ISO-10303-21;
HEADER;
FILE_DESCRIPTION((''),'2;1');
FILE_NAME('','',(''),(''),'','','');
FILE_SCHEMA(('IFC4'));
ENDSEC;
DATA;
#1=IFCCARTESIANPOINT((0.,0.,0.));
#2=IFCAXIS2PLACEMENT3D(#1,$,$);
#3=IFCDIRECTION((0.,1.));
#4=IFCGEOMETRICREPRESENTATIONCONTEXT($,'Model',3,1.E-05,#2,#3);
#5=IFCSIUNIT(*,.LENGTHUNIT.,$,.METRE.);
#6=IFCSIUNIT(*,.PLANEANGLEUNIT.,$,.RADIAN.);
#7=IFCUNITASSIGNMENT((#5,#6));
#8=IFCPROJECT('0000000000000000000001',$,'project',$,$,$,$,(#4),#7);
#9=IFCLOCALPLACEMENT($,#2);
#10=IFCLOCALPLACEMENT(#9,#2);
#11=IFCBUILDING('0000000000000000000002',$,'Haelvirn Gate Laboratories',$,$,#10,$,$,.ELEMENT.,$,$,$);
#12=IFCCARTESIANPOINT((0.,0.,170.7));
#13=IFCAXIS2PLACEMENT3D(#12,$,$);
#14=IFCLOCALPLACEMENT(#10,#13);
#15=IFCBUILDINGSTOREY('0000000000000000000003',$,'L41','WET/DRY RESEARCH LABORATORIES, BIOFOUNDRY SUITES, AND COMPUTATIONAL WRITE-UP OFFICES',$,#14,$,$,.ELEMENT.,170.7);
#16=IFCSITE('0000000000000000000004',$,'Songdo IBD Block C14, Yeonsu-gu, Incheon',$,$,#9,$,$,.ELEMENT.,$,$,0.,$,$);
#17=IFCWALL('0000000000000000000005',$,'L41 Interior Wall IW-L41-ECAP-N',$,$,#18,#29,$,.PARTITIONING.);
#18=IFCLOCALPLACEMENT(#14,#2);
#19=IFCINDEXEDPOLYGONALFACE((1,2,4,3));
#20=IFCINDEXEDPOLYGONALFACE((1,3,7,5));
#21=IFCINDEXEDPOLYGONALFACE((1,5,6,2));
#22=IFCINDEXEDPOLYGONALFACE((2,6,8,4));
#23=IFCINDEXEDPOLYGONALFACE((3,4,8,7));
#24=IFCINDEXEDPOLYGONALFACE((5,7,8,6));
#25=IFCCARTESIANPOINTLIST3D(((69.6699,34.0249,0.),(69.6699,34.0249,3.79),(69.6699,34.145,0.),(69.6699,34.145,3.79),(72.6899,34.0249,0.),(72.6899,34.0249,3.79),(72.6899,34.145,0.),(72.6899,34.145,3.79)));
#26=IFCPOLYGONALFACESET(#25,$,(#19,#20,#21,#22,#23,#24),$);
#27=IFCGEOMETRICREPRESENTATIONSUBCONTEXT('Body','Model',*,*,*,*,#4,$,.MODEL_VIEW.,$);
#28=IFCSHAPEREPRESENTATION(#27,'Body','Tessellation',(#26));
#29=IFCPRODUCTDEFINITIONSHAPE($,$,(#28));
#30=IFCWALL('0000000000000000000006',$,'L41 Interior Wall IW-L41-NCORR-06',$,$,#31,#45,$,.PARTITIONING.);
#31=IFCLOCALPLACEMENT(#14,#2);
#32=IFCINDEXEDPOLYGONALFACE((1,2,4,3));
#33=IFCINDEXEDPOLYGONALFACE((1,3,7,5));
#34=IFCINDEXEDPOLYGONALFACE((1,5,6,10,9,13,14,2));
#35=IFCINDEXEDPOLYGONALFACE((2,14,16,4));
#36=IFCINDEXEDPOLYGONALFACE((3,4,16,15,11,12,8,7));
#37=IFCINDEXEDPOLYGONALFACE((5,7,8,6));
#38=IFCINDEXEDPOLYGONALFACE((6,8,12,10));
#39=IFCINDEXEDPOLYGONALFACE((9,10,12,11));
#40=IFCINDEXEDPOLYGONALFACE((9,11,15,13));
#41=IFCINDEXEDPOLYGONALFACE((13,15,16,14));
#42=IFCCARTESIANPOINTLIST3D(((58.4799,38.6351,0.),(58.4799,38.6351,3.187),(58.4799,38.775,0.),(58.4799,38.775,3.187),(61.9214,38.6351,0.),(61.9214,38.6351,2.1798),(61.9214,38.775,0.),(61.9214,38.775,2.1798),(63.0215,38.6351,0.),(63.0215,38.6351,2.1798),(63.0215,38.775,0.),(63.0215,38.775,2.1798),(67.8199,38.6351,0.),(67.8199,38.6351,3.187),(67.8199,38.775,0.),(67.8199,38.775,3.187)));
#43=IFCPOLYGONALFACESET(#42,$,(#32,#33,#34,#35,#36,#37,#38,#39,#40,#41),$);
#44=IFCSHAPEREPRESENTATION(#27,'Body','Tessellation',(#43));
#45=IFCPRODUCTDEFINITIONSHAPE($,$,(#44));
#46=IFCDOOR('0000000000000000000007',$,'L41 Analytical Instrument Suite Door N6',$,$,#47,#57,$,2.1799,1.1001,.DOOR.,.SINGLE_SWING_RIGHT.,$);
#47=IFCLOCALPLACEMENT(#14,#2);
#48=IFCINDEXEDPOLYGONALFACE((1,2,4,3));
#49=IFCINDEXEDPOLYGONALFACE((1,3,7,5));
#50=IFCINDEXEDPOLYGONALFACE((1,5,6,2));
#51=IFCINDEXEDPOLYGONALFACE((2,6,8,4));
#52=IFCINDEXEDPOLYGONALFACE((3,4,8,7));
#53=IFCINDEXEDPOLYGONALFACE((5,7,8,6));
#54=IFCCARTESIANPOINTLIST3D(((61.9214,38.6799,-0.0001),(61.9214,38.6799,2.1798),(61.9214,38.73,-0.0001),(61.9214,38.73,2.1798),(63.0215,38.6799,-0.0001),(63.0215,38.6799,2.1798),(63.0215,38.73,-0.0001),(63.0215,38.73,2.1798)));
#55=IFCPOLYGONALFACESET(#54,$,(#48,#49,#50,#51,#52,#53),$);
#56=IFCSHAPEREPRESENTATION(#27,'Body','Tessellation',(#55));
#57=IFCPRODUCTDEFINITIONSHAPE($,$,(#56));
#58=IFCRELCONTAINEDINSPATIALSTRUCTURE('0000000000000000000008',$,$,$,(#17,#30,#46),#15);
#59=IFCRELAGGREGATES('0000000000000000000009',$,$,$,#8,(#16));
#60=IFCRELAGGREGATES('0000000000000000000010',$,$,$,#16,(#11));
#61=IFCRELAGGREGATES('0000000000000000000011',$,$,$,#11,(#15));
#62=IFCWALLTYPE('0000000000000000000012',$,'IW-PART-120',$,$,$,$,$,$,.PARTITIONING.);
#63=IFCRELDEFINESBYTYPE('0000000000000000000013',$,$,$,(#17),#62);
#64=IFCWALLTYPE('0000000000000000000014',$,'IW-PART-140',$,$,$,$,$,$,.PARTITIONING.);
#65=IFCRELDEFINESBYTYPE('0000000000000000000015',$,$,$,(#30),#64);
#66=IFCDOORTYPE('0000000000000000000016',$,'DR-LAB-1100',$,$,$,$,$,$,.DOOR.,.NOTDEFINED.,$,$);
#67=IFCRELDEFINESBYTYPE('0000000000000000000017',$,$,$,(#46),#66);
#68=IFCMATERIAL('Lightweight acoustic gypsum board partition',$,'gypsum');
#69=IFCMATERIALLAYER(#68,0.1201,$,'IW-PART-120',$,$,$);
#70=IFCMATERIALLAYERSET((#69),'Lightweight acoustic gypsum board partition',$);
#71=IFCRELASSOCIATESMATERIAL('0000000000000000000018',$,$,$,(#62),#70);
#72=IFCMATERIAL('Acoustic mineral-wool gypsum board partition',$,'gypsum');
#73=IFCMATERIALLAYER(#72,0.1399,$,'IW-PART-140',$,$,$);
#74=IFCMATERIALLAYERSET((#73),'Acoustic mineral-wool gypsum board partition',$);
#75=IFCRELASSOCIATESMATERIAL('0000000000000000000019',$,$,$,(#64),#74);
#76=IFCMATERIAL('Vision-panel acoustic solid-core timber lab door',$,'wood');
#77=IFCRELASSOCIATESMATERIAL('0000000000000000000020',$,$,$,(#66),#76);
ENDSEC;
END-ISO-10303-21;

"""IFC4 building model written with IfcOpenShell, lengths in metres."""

from ifc_helpers import new_model, si_unit, direction, frame, frame_2d, origin, place, context, subcontext, project, spatial, rectangle, extrude, source, transform, mapped, material, layer, layer_set, type_object, type_shapes, element, fill, save


model = new_model("IFC4")

# Units and contexts
model_context = context("Model", 3, precision=1e-05, world=origin(), true_north=direction((0.0, 1.0)))
body_context = subcontext(model_context, "Body", "Model", "MODEL_VIEW")
ifc_project = project(units=[si_unit("LENGTHUNIT", "METRE"), si_unit("PLANEANGLEUNIT", "RADIAN")], contexts=[model_context])

# Site, building, storey
site_placement = place(None, origin())
site = spatial("IfcSite", under=ifc_project, at=site_placement, Name="Songdo IBD Block C14, Yeonsu-gu, Incheon", CompositionType="ELEMENT", RefElevation=0.0)
building_placement = place(site_placement, origin())
building = spatial("IfcBuilding", under=site, at=building_placement, Name="Haelvirn Gate Laboratories", CompositionType="ELEMENT")
storey_placement = place(building_placement, frame((0.0, 0.0, 170.7)))
storey = spatial("IfcBuildingStorey", under=building, at=storey_placement, Name="L41", Description="WET/DRY RESEARCH LABORATORIES, BIOFOUNDRY SUITES, AND COMPUTATIONAL WRITE-UP OFFICES", CompositionType="ELEMENT", Elevation=170.7)

# Wall
ifc_material_1 = material(Name="Lightweight acoustic gypsum board partition", Category="gypsum")
ifc_layer_1 = layer(ifc_material_1, 0.1201, Name="IW-PART-120")
ifc_layer_set_1 = layer_set([ifc_layer_1], Name="Lightweight acoustic gypsum board partition")
wall_type_1 = type_object("IfcWallType", Name="IW-PART-120", PredefinedType="PARTITIONING", material=ifc_layer_set_1)
wall_1_placement = place(storey_placement, frame((69.6699, 34.085, 0.0), z_axis=(0.0, 0.0, 1.0), x_axis=(1.0, 0.0, 0.0)))
element("IfcWall", 1, at=wall_1_placement, inside=storey, type_object=wall_type_1, Name="L41 Interior Wall IW-L41-ECAP-N", PredefinedType="PARTITIONING", context=body_context, shape_type="SweptSolid", body=[
    extrude(rectangle(XDim=3.02, YDim=0.1201, at=frame_2d((1.51, 0.0))), origin(), (0.0, 0.0, 1.0), 3.79),
])

# Wall, opening, door
ifc_material_2 = material(Name="Acoustic mineral-wool gypsum board partition", Category="gypsum")
ifc_layer_2 = layer(ifc_material_2, 0.1399, Name="IW-PART-140")
ifc_layer_set_2 = layer_set([ifc_layer_2], Name="Acoustic mineral-wool gypsum board partition")
wall_type_2 = type_object("IfcWallType", Name="IW-PART-140", PredefinedType="PARTITIONING", material=ifc_layer_set_2)
wall_2_placement = place(storey_placement, frame((58.48, 38.7051, 0.0), z_axis=(0.0, 0.0, 1.0), x_axis=(1.0, 0.0, 0.0)))
wall_2 = element("IfcWall", 2, at=wall_2_placement, inside=storey, type_object=wall_type_2, Name="L41 Interior Wall IW-L41-NCORR-06", PredefinedType="PARTITIONING", context=body_context, shape_type="SweptSolid", body=[
    extrude(rectangle(XDim=9.3401, YDim=0.1399, at=frame_2d((4.6699, 0.0))), origin(), (0.0, 0.0, 1.0), 3.187),
])
opening_placement = place(wall_2_placement, frame((3.4414, 0.0, 0.0)))
opening = element("IfcOpeningElement", 3, at=opening_placement, cuts=wall_2, PredefinedType="OPENING", context=body_context, shape_type="SweptSolid", body=[
    extrude(rectangle(XDim=1.1001, YDim=2.1799, at=frame_2d((0.55, 1.0898))), frame((0.0, 0.0801, 0.0), z_axis=(0.0, -1.0, 0.0), x_axis=(1.0, 0.0, 0.0)), (0.0, 0.0, 1.0), 0.1599),
])
ifc_material_3 = material(Name="Vision-panel acoustic solid-core timber lab door", Category="wood")
door_type = type_object("IfcDoorType", Name="DR-LAB-1100", OperationType="NOTDEFINED", PredefinedType="DOOR", material=ifc_material_3)
shared_shape_1 = source(origin(), body_context, "Body", "SweptSolid", [
    extrude(rectangle(XDim=1.1001, YDim=2.1799, at=frame_2d((0.55, 1.0898))), frame((0.0, 0.0249, 0.0), z_axis=(0.0, -1.0, 0.0), x_axis=(1.0, 0.0, 0.0)), (0.0, 0.0, 1.0), 0.05),
])
type_shapes(door_type, [shared_shape_1])
door_placement = place(opening_placement, origin())
door = element("IfcDoor", 4, at=door_placement, inside=storey, type_object=door_type, Name="L41 Analytical Instrument Suite Door N6", OperationType="SINGLE_SWING_RIGHT", OverallHeight=2.1799, OverallWidth=1.1001, PredefinedType="DOOR", context=body_context, shape_type="MappedRepresentation", body=[
    mapped(shared_shape_1, transform((0.0, 0.0, 0.0), scale=1.0)),
])
fill(opening, door)

save(model, "model.ifc")
